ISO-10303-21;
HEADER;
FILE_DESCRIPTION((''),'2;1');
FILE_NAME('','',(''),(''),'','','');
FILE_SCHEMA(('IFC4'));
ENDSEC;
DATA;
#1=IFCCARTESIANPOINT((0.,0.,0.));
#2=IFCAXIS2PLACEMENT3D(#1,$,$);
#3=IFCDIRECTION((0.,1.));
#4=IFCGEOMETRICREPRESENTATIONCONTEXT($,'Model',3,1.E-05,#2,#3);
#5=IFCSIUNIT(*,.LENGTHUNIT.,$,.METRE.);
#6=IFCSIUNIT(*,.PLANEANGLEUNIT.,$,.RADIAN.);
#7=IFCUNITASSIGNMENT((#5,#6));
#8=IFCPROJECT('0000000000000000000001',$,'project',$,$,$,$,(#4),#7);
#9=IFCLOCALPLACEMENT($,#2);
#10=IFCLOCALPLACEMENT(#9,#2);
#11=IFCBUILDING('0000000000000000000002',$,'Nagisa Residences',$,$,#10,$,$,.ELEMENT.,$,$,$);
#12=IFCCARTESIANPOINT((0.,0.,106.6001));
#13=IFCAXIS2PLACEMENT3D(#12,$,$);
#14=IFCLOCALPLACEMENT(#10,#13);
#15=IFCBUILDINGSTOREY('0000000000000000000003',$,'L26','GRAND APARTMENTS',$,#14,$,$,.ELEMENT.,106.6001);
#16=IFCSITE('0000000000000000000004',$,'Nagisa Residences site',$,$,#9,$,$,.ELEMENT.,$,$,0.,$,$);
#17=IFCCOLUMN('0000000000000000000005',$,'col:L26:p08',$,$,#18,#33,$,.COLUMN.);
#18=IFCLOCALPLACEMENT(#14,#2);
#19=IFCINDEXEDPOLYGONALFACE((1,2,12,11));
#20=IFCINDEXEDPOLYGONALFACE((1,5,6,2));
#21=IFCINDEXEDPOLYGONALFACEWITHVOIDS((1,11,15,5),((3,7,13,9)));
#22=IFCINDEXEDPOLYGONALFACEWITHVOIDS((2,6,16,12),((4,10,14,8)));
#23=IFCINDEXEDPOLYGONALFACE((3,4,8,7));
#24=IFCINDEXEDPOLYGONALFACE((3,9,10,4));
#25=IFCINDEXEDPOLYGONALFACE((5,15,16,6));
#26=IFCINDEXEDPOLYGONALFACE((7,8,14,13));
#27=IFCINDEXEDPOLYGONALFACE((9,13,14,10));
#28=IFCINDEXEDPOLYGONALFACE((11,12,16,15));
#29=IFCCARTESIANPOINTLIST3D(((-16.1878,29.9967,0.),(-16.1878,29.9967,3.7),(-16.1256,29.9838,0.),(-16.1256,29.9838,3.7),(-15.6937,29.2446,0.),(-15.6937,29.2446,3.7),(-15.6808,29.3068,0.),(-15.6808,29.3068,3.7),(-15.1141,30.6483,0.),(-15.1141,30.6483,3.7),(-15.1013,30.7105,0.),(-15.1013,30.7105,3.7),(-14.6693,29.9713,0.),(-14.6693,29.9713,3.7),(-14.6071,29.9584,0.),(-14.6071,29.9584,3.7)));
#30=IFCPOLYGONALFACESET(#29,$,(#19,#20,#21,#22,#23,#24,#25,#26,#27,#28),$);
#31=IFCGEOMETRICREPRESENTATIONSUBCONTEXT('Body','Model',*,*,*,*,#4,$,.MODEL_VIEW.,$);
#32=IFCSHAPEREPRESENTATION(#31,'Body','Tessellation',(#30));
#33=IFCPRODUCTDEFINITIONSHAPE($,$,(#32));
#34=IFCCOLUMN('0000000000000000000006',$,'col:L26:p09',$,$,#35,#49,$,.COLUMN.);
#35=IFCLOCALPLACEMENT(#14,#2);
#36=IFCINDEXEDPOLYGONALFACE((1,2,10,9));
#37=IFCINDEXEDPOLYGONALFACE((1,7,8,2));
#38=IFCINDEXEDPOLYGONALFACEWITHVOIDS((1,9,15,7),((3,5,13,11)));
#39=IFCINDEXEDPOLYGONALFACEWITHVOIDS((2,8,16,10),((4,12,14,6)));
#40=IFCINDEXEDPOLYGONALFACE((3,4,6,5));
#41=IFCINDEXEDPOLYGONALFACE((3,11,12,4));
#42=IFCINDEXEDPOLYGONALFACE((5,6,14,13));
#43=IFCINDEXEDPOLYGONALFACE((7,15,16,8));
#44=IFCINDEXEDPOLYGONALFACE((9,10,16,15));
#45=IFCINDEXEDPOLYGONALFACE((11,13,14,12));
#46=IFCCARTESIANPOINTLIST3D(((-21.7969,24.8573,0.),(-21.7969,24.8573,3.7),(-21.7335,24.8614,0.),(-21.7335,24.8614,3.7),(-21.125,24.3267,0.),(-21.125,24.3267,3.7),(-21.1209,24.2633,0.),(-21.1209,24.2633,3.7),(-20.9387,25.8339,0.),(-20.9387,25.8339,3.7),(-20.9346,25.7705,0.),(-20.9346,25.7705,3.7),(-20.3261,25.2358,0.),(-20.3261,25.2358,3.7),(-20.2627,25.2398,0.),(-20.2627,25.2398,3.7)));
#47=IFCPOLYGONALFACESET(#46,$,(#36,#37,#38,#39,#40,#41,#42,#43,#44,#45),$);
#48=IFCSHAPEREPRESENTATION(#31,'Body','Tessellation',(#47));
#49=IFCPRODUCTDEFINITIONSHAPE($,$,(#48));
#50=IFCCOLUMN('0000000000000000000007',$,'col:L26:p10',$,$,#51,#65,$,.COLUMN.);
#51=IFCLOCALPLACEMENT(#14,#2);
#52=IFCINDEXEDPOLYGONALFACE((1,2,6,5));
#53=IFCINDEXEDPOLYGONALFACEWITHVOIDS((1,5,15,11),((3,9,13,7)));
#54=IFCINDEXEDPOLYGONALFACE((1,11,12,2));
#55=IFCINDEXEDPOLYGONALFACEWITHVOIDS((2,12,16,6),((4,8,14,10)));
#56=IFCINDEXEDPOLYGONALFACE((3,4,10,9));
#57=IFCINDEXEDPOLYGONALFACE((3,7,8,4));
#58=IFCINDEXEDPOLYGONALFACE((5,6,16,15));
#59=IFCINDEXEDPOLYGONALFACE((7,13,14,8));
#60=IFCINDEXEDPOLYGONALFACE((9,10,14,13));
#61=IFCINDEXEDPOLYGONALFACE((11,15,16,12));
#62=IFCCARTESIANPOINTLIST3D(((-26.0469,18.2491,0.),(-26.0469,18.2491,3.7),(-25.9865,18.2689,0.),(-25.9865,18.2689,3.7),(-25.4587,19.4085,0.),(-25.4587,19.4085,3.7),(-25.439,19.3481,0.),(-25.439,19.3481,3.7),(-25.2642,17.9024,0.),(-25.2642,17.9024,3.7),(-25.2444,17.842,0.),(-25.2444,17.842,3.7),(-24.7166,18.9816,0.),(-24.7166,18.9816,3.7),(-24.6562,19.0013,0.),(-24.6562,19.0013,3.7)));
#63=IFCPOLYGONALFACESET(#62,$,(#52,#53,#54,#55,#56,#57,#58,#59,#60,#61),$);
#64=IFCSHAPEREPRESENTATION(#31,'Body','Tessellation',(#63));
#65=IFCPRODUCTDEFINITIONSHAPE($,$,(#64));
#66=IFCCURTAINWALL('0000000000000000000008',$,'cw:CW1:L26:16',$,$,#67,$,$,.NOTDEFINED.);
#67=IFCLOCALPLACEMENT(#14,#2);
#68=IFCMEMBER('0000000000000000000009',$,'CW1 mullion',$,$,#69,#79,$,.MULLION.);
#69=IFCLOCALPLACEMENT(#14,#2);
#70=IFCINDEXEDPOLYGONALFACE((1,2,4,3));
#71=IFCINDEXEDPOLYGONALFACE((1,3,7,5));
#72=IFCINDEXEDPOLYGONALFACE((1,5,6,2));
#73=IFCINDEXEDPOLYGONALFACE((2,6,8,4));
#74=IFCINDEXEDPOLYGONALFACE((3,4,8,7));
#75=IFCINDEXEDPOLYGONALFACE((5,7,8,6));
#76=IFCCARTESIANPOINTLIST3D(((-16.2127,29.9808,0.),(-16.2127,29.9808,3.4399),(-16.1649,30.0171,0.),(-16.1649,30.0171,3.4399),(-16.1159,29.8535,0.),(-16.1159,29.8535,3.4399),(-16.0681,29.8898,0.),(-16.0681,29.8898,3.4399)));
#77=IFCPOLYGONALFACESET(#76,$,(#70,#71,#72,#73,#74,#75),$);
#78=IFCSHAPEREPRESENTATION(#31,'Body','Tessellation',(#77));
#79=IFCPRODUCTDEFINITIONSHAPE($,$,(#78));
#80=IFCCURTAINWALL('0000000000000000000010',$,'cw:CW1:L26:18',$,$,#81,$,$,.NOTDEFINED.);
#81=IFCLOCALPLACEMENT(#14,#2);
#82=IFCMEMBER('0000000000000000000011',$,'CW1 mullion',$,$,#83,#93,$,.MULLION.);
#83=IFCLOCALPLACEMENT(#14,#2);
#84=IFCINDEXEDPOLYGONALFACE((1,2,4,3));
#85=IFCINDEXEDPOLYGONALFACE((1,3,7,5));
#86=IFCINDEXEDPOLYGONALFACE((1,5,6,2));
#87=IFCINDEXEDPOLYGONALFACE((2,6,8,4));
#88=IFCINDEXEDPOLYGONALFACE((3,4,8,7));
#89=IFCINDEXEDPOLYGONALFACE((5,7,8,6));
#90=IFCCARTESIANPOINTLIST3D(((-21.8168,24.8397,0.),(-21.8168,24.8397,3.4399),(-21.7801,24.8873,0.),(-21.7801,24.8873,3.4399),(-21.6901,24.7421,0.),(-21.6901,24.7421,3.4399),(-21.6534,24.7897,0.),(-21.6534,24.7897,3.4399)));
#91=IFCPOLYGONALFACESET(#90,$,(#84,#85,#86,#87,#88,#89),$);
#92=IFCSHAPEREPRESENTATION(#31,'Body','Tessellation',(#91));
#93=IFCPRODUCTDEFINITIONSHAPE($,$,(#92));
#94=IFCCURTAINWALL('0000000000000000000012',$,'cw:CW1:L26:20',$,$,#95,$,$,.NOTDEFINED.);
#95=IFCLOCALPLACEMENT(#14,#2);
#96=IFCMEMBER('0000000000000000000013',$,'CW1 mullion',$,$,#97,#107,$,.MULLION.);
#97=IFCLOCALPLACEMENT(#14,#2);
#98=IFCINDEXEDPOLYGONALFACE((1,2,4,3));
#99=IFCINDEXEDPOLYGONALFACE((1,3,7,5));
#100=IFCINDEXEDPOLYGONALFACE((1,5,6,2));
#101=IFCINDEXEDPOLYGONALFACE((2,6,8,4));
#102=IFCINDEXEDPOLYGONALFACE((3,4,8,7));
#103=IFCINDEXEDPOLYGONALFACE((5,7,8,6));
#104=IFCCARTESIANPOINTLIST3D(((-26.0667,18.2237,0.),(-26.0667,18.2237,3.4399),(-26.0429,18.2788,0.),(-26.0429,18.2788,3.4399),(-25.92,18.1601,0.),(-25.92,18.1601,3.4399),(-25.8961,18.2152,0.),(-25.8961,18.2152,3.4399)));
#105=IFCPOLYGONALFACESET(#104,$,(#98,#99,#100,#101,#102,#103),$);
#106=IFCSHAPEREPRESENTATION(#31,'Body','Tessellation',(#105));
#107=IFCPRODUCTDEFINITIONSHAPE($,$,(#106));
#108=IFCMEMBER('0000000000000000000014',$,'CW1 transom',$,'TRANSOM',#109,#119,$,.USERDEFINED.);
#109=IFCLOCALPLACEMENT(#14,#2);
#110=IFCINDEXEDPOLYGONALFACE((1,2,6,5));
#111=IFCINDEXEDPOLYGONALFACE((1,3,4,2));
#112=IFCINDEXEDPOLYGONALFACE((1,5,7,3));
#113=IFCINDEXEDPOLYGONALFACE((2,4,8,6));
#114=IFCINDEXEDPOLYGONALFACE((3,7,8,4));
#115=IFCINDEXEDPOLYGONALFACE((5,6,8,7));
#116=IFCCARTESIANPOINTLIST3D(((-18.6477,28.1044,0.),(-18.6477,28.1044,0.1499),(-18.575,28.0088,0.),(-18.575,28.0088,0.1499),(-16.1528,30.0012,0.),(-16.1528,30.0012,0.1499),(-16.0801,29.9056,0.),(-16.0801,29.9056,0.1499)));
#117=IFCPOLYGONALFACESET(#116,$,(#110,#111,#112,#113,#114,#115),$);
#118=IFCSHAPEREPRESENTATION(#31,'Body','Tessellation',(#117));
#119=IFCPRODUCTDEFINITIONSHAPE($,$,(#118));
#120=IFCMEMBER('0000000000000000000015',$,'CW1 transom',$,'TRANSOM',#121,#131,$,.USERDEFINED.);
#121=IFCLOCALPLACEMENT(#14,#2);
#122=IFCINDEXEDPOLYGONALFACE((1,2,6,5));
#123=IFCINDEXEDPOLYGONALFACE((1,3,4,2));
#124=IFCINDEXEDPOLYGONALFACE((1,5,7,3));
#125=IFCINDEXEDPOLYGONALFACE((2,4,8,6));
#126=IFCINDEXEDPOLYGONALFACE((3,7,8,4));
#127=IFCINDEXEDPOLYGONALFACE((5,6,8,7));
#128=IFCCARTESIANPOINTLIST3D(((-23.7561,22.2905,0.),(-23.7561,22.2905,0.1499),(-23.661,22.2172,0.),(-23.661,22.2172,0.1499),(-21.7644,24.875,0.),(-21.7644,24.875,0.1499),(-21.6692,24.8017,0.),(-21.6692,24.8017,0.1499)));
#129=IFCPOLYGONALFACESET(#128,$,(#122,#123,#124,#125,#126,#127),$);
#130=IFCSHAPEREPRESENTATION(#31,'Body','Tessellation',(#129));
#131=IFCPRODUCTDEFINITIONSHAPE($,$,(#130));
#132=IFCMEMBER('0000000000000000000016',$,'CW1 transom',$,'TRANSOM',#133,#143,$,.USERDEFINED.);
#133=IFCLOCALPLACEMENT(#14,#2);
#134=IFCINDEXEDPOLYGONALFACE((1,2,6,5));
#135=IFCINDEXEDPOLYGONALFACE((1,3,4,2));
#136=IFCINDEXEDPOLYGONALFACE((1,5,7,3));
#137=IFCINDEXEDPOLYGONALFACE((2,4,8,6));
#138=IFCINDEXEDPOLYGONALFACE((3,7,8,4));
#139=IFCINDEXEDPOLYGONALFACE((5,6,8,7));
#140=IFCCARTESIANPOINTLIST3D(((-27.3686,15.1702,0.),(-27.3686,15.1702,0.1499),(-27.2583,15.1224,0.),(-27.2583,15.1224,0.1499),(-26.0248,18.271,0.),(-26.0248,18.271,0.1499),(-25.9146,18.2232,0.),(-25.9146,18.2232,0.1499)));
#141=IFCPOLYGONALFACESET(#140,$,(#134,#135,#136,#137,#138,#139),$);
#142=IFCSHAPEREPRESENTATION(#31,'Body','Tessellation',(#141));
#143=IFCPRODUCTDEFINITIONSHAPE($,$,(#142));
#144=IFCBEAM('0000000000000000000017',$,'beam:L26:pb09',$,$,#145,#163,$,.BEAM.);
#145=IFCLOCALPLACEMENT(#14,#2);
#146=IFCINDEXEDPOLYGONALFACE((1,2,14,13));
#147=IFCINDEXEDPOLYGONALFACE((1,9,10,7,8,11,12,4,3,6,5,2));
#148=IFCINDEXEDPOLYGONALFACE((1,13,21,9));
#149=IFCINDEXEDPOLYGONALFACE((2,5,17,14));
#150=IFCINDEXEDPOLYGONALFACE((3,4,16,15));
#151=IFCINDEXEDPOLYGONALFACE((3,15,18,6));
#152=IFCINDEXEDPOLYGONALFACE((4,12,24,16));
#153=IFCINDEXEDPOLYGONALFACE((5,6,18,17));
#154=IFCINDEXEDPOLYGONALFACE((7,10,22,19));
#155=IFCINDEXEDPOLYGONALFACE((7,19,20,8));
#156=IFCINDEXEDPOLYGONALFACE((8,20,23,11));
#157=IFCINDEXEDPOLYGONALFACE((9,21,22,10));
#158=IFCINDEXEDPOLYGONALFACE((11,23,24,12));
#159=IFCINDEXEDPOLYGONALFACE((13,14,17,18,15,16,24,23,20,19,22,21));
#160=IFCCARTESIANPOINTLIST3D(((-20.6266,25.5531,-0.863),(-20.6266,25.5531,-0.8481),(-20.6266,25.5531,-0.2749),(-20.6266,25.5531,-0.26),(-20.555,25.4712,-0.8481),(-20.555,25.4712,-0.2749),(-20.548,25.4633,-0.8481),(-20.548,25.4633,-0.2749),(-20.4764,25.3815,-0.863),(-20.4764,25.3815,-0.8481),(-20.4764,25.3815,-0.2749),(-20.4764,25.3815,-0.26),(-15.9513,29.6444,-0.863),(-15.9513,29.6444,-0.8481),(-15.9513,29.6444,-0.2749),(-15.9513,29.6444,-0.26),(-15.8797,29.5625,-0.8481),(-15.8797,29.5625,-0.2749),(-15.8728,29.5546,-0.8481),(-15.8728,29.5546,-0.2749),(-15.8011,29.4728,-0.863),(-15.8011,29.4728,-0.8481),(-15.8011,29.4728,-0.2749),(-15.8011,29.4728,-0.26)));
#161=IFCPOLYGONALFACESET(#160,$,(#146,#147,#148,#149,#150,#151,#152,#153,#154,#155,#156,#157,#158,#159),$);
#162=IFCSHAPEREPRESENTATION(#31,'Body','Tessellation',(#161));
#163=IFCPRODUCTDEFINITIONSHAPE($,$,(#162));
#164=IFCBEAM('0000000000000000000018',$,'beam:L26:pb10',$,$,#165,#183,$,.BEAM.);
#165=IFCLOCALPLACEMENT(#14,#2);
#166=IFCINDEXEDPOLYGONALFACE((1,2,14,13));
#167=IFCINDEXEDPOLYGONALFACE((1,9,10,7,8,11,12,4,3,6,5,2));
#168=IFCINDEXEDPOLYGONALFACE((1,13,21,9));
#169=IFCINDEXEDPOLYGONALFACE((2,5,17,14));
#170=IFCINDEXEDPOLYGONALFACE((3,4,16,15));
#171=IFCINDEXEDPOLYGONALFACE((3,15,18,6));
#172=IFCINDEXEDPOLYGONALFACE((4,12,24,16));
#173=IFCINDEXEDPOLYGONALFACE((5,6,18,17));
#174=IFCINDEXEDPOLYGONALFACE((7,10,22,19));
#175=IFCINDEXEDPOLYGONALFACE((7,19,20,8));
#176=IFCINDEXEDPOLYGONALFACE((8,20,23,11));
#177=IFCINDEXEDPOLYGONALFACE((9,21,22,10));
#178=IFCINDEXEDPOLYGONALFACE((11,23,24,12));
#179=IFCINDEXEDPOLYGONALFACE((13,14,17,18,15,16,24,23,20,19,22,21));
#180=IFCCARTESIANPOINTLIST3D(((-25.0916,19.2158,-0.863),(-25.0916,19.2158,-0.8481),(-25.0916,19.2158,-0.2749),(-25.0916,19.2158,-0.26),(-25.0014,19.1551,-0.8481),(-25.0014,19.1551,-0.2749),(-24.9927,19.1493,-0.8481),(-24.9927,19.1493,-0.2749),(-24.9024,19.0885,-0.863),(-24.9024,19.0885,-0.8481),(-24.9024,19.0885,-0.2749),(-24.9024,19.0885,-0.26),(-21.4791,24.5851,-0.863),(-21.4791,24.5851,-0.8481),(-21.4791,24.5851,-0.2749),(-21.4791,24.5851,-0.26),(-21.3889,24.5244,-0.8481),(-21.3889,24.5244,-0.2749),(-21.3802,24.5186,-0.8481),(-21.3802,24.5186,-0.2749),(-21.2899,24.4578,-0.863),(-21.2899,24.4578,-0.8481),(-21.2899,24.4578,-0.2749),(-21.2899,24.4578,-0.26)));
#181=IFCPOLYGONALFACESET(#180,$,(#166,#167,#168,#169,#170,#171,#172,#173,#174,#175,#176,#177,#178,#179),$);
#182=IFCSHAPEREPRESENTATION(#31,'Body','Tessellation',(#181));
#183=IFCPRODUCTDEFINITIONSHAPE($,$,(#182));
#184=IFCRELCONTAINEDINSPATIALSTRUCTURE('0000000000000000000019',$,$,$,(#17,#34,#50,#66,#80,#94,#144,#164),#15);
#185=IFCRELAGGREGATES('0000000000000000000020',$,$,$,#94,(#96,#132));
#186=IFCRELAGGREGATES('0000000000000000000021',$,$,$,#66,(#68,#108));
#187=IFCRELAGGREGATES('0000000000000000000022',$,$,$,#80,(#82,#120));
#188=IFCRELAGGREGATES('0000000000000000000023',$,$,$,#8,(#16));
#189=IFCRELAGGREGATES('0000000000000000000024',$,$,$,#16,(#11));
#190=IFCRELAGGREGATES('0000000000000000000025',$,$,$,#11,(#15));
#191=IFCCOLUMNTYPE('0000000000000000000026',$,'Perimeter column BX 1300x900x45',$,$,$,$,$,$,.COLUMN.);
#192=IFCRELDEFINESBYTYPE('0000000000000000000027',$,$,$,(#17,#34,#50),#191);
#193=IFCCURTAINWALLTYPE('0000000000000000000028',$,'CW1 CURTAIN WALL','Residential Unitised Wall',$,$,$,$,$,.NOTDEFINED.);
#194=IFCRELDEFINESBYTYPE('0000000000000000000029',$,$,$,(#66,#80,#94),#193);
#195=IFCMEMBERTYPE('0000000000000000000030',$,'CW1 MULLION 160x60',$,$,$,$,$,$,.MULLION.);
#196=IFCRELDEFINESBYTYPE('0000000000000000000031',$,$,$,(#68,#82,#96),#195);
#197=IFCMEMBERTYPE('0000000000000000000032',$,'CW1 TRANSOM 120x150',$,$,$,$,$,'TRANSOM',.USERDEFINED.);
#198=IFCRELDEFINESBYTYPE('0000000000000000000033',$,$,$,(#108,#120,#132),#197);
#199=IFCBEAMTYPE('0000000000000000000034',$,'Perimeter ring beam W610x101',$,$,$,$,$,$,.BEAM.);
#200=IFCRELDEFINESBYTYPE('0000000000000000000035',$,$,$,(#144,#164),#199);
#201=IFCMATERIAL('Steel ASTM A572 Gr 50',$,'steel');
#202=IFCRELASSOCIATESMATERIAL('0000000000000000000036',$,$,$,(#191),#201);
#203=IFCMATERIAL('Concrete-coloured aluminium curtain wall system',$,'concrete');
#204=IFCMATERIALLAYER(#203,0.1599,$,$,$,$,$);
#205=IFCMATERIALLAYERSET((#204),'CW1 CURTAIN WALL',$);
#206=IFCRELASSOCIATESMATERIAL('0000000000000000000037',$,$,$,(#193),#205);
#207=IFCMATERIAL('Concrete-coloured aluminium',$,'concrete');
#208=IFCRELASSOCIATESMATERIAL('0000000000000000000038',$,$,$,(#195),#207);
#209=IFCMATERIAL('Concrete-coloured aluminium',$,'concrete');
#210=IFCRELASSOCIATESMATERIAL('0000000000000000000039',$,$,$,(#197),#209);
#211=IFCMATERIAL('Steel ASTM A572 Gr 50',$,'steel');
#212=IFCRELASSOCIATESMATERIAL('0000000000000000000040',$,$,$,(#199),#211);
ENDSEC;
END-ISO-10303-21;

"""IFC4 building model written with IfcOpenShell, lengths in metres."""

from ifc_helpers import new_model, si_unit, direction, frame, origin, origin_2d, place, context, subcontext, project, spatial, rectangle, hollow_rectangle, i_section, extrude, material, layer, layer_set, material_profile, profile_set, type_object, element, aggregate, save


model = new_model("IFC4")

# Units and contexts
model_context = context("Model", 3, precision=1e-05, world=origin(), true_north=direction((0.0, 1.0)))
body_context = subcontext(model_context, "Body", "Model", "MODEL_VIEW")
ifc_project = project(units=[si_unit("LENGTHUNIT", "METRE"), si_unit("PLANEANGLEUNIT", "RADIAN")], contexts=[model_context])

# Site, building, storey
site_placement = place(None, origin())
site = spatial("IfcSite", under=ifc_project, at=site_placement, Name="Nagisa Residences site", CompositionType="ELEMENT", RefElevation=0.0)
building_placement = place(site_placement, origin())
building = spatial("IfcBuilding", under=site, at=building_placement, Name="Nagisa Residences", CompositionType="ELEMENT")
storey_placement = place(building_placement, frame((0.0, 0.0, 106.6001)))
storey = spatial("IfcBuildingStorey", under=building, at=storey_placement, Name="L26", Description="GRAND APARTMENTS", CompositionType="ELEMENT", Elevation=106.6001)

# Columns
ifc_material_1 = material(Name="Steel ASTM A572 Gr 50", Category="steel")
ifc_material_profile_1 = material_profile(ifc_material_1, hollow_rectangle(XDim=1.3, YDim=0.8999, WallThickness=0.0449, at=origin_2d()), Name="BX 1300x900x45")
ifc_profile_set_1 = profile_set([ifc_material_profile_1], Name="Steel ASTM A572 Gr 50")
column_type = type_object("IfcColumnType", Name="Perimeter column BX 1300x900x45", PredefinedType="COLUMN", material=ifc_profile_set_1)
for number, where, z_axis, x_axis, name in (
    (1, (-15.3975, 29.9775, 0.0), (0.0, 0.0, 1.0), (-0.835766, -0.549086, 0.0), "col:L26:p08"),
    (2, (-21.0298, 25.0486, 0.0), (0.0, 0.0, 1.0), (-0.660115, -0.751165, 0.0), "col:L26:p09"),
    (3, (-25.3516, 18.6252, 0.0), (0.0, 0.0, 1.0), (-0.452463, -0.891783, 0.0), "col:L26:p10"),
):
    element("IfcColumn", number, at=place(storey_placement, frame(where, z_axis=z_axis, x_axis=x_axis)), inside=storey, type_object=column_type, Name=name, PredefinedType="COLUMN", context=body_context, shape_type="SweptSolid", body=[
        extrude(hollow_rectangle(XDim=1.3, YDim=0.8999, WallThickness=0.0449, at=origin_2d()), origin(), (0.0, 0.0, 1.0), 3.7),
    ])

# Curtain walls, members
ifc_material_2 = material(Name="Concrete-coloured aluminium curtain wall system", Category="concrete")
ifc_layer_1 = layer(ifc_material_2, 0.1599)
ifc_layer_set_1 = layer_set([ifc_layer_1], Name="CW1 CURTAIN WALL")
curtain_wall_type = type_object("IfcCurtainWallType", Name="CW1 CURTAIN WALL", Description="Residential Unitised Wall", PredefinedType="NOTDEFINED", material=ifc_layer_set_1)
curtain_wall_1_placement = place(storey_placement, origin())
curtain_wall_1 = element("IfcCurtainWall", 4, at=curtain_wall_1_placement, inside=storey, type_object=curtain_wall_type, Name="cw:CW1:L26:16", PredefinedType="NOTDEFINED")
ifc_material_3 = material(Name="Concrete-coloured aluminium", Category="concrete")
ifc_material_profile_2 = material_profile(ifc_material_3, rectangle(XDim=0.1599, YDim=0.0601, at=origin_2d()), Name="CW1 MULLION 160x60")
ifc_profile_set_2 = profile_set([ifc_material_profile_2], Name="Concrete-coloured aluminium")
member_type_1 = type_object("IfcMemberType", Name="CW1 MULLION 160x60", PredefinedType="MULLION", material=ifc_profile_set_2)
member_1_placement = place(storey_placement, frame((-16.1404, 29.9353, 0.0), z_axis=(0.0, 0.0, 1.0), x_axis=(0.605255, -0.796031, 0.0)))
member_1 = element("IfcMember", 5, at=member_1_placement, type_object=member_type_1, Name="CW1 mullion", PredefinedType="MULLION", context=body_context, shape_type="SweptSolid", body=[
    extrude(rectangle(XDim=0.1599, YDim=0.0601, at=origin_2d()), origin(), (0.0, 0.0, 1.0), 3.4399),
])
curtain_wall_2_placement = place(storey_placement, origin())
curtain_wall_2 = element("IfcCurtainWall", 6, at=curtain_wall_2_placement, inside=storey, type_object=curtain_wall_type, Name="cw:CW1:L26:18", PredefinedType="NOTDEFINED")
member_2_placement = place(storey_placement, frame((-21.7351, 24.8147, 0.0), z_axis=(0.0, 0.0, 1.0), x_axis=(0.79207, -0.61043, 0.0)))
member_2 = element("IfcMember", 7, at=member_2_placement, type_object=member_type_1, Name="CW1 mullion", PredefinedType="MULLION", context=body_context, shape_type="SweptSolid", body=[
    extrude(rectangle(XDim=0.1599, YDim=0.0601, at=origin_2d()), origin(), (0.0, 0.0, 1.0), 3.4399),
])
curtain_wall_3_placement = place(storey_placement, origin())
curtain_wall_3 = element("IfcCurtainWall", 8, at=curtain_wall_3_placement, inside=storey, type_object=curtain_wall_type, Name="cw:CW1:L26:20", PredefinedType="NOTDEFINED")
member_3_placement = place(storey_placement, frame((-25.9814, 18.2195, 0.0), z_axis=(0.0, 0.0, 1.0), x_axis=(0.917543, -0.397636, 0.0)))
member_3 = element("IfcMember", 9, at=member_3_placement, type_object=member_type_1, Name="CW1 mullion", PredefinedType="MULLION", context=body_context, shape_type="SweptSolid", body=[
    extrude(rectangle(XDim=0.1599, YDim=0.0601, at=origin_2d()), origin(), (0.0, 0.0, 1.0), 3.4399),
])

# Members
ifc_material_4 = material(Name="Concrete-coloured aluminium", Category="concrete")
ifc_material_profile_3 = material_profile(ifc_material_4, rectangle(XDim=0.1201, YDim=0.1499, at=origin_2d()), Name="CW1 TRANSOM 120x150")
ifc_profile_set_3 = profile_set([ifc_material_profile_3], Name="Concrete-coloured aluminium")
member_type_2 = type_object("IfcMemberType", Name="CW1 TRANSOM 120x150", ElementType="TRANSOM", PredefinedType="USERDEFINED", material=ifc_profile_set_3)
member_4_placement = place(storey_placement, frame((-16.1165, 29.9534, 0.075), z_axis=(-0.796066, -0.60521, 0.0), x_axis=(0.60521, -0.796066, 0.0)))
member_4 = element("IfcMember", 10, at=member_4_placement, type_object=member_type_2, Name="CW1 transom", ObjectType="TRANSOM", PredefinedType="USERDEFINED", context=body_context, shape_type="SweptSolid", body=[
    extrude(rectangle(XDim=0.1201, YDim=0.1499, at=origin_2d()), origin(), (0.0, 0.0, 1.0), 3.134),
])
member_5_placement = place(storey_placement, frame((-21.7168, 24.8384, 0.075), z_axis=(-0.610412, -0.792084, 0.0), x_axis=(0.792084, -0.610412, 0.0)))
member_5 = element("IfcMember", 11, at=member_5_placement, type_object=member_type_2, Name="CW1 transom", ObjectType="TRANSOM", PredefinedType="USERDEFINED", context=body_context, shape_type="SweptSolid", body=[
    extrude(rectangle(XDim=0.1201, YDim=0.1499, at=origin_2d()), origin(), (0.0, 0.0, 1.0), 3.2629),
])
member_6_placement = place(storey_placement, frame((-25.9697, 18.2471, 0.075), z_axis=(-0.397622, -0.917549, 0.0), x_axis=(0.917549, -0.397622, 0.0)))
member_6 = element("IfcMember", 12, at=member_6_placement, type_object=member_type_2, Name="CW1 transom", ObjectType="TRANSOM", PredefinedType="USERDEFINED", context=body_context, shape_type="SweptSolid", body=[
    extrude(rectangle(XDim=0.1201, YDim=0.1499, at=origin_2d()), origin(), (0.0, 0.0, 1.0), 3.3794),
])
aggregate(curtain_wall_3, [member_3, member_6])

# Beams
ifc_material_5 = material(Name="Steel ASTM A572 Gr 50", Category="steel")
ifc_material_profile_4 = material_profile(ifc_material_5, i_section(OverallWidth=0.228, OverallDepth=0.603, WebThickness=0.0105, FlangeThickness=0.0149, at=origin_2d()), Name="W610x101")
ifc_profile_set_4 = profile_set([ifc_material_profile_4], Name="Steel ASTM A572 Gr 50")
beam_type_1 = type_object("IfcBeamType", Name="Perimeter ring beam W610x101", PredefinedType="BEAM", material=ifc_profile_set_4)
beam_1_placement = place(storey_placement, frame((-15.8762, 29.5586, -0.5615), z_axis=(-0.752543, -0.658544, 0.0), x_axis=(0.658544, -0.752543, 0.0)))
element("IfcBeam", 13, at=beam_1_placement, inside=storey, type_object=beam_type_1, Name="beam:L26:pb09", PredefinedType="BEAM", context=body_context, shape_type="SweptSolid", body=[
    extrude(i_section(OverallWidth=0.228, OverallDepth=0.603, WebThickness=0.0105, FlangeThickness=0.0149, at=origin_2d()), origin(), (0.0, 0.0, 1.0), 6.2126),
])
beam_2_placement = place(storey_placement, frame((-21.3845, 24.5215, -0.5615), z_axis=(-0.558221, -0.829692, 0.0), x_axis=(0.829692, -0.558221, 0.0)))
element("IfcBeam", 14, at=beam_2_placement, inside=storey, type_object=beam_type_1, Name="beam:L26:pb10", PredefinedType="BEAM", context=body_context, shape_type="SweptSolid", body=[
    extrude(i_section(OverallWidth=0.228, OverallDepth=0.603, WebThickness=0.0105, FlangeThickness=0.0149, at=origin_2d()), origin(), (0.0, 0.0, 1.0), 6.4714),
])

aggregate(curtain_wall_1, [member_1, member_4])
aggregate(curtain_wall_2, [member_2, member_5])

save(model, "model.ifc")
